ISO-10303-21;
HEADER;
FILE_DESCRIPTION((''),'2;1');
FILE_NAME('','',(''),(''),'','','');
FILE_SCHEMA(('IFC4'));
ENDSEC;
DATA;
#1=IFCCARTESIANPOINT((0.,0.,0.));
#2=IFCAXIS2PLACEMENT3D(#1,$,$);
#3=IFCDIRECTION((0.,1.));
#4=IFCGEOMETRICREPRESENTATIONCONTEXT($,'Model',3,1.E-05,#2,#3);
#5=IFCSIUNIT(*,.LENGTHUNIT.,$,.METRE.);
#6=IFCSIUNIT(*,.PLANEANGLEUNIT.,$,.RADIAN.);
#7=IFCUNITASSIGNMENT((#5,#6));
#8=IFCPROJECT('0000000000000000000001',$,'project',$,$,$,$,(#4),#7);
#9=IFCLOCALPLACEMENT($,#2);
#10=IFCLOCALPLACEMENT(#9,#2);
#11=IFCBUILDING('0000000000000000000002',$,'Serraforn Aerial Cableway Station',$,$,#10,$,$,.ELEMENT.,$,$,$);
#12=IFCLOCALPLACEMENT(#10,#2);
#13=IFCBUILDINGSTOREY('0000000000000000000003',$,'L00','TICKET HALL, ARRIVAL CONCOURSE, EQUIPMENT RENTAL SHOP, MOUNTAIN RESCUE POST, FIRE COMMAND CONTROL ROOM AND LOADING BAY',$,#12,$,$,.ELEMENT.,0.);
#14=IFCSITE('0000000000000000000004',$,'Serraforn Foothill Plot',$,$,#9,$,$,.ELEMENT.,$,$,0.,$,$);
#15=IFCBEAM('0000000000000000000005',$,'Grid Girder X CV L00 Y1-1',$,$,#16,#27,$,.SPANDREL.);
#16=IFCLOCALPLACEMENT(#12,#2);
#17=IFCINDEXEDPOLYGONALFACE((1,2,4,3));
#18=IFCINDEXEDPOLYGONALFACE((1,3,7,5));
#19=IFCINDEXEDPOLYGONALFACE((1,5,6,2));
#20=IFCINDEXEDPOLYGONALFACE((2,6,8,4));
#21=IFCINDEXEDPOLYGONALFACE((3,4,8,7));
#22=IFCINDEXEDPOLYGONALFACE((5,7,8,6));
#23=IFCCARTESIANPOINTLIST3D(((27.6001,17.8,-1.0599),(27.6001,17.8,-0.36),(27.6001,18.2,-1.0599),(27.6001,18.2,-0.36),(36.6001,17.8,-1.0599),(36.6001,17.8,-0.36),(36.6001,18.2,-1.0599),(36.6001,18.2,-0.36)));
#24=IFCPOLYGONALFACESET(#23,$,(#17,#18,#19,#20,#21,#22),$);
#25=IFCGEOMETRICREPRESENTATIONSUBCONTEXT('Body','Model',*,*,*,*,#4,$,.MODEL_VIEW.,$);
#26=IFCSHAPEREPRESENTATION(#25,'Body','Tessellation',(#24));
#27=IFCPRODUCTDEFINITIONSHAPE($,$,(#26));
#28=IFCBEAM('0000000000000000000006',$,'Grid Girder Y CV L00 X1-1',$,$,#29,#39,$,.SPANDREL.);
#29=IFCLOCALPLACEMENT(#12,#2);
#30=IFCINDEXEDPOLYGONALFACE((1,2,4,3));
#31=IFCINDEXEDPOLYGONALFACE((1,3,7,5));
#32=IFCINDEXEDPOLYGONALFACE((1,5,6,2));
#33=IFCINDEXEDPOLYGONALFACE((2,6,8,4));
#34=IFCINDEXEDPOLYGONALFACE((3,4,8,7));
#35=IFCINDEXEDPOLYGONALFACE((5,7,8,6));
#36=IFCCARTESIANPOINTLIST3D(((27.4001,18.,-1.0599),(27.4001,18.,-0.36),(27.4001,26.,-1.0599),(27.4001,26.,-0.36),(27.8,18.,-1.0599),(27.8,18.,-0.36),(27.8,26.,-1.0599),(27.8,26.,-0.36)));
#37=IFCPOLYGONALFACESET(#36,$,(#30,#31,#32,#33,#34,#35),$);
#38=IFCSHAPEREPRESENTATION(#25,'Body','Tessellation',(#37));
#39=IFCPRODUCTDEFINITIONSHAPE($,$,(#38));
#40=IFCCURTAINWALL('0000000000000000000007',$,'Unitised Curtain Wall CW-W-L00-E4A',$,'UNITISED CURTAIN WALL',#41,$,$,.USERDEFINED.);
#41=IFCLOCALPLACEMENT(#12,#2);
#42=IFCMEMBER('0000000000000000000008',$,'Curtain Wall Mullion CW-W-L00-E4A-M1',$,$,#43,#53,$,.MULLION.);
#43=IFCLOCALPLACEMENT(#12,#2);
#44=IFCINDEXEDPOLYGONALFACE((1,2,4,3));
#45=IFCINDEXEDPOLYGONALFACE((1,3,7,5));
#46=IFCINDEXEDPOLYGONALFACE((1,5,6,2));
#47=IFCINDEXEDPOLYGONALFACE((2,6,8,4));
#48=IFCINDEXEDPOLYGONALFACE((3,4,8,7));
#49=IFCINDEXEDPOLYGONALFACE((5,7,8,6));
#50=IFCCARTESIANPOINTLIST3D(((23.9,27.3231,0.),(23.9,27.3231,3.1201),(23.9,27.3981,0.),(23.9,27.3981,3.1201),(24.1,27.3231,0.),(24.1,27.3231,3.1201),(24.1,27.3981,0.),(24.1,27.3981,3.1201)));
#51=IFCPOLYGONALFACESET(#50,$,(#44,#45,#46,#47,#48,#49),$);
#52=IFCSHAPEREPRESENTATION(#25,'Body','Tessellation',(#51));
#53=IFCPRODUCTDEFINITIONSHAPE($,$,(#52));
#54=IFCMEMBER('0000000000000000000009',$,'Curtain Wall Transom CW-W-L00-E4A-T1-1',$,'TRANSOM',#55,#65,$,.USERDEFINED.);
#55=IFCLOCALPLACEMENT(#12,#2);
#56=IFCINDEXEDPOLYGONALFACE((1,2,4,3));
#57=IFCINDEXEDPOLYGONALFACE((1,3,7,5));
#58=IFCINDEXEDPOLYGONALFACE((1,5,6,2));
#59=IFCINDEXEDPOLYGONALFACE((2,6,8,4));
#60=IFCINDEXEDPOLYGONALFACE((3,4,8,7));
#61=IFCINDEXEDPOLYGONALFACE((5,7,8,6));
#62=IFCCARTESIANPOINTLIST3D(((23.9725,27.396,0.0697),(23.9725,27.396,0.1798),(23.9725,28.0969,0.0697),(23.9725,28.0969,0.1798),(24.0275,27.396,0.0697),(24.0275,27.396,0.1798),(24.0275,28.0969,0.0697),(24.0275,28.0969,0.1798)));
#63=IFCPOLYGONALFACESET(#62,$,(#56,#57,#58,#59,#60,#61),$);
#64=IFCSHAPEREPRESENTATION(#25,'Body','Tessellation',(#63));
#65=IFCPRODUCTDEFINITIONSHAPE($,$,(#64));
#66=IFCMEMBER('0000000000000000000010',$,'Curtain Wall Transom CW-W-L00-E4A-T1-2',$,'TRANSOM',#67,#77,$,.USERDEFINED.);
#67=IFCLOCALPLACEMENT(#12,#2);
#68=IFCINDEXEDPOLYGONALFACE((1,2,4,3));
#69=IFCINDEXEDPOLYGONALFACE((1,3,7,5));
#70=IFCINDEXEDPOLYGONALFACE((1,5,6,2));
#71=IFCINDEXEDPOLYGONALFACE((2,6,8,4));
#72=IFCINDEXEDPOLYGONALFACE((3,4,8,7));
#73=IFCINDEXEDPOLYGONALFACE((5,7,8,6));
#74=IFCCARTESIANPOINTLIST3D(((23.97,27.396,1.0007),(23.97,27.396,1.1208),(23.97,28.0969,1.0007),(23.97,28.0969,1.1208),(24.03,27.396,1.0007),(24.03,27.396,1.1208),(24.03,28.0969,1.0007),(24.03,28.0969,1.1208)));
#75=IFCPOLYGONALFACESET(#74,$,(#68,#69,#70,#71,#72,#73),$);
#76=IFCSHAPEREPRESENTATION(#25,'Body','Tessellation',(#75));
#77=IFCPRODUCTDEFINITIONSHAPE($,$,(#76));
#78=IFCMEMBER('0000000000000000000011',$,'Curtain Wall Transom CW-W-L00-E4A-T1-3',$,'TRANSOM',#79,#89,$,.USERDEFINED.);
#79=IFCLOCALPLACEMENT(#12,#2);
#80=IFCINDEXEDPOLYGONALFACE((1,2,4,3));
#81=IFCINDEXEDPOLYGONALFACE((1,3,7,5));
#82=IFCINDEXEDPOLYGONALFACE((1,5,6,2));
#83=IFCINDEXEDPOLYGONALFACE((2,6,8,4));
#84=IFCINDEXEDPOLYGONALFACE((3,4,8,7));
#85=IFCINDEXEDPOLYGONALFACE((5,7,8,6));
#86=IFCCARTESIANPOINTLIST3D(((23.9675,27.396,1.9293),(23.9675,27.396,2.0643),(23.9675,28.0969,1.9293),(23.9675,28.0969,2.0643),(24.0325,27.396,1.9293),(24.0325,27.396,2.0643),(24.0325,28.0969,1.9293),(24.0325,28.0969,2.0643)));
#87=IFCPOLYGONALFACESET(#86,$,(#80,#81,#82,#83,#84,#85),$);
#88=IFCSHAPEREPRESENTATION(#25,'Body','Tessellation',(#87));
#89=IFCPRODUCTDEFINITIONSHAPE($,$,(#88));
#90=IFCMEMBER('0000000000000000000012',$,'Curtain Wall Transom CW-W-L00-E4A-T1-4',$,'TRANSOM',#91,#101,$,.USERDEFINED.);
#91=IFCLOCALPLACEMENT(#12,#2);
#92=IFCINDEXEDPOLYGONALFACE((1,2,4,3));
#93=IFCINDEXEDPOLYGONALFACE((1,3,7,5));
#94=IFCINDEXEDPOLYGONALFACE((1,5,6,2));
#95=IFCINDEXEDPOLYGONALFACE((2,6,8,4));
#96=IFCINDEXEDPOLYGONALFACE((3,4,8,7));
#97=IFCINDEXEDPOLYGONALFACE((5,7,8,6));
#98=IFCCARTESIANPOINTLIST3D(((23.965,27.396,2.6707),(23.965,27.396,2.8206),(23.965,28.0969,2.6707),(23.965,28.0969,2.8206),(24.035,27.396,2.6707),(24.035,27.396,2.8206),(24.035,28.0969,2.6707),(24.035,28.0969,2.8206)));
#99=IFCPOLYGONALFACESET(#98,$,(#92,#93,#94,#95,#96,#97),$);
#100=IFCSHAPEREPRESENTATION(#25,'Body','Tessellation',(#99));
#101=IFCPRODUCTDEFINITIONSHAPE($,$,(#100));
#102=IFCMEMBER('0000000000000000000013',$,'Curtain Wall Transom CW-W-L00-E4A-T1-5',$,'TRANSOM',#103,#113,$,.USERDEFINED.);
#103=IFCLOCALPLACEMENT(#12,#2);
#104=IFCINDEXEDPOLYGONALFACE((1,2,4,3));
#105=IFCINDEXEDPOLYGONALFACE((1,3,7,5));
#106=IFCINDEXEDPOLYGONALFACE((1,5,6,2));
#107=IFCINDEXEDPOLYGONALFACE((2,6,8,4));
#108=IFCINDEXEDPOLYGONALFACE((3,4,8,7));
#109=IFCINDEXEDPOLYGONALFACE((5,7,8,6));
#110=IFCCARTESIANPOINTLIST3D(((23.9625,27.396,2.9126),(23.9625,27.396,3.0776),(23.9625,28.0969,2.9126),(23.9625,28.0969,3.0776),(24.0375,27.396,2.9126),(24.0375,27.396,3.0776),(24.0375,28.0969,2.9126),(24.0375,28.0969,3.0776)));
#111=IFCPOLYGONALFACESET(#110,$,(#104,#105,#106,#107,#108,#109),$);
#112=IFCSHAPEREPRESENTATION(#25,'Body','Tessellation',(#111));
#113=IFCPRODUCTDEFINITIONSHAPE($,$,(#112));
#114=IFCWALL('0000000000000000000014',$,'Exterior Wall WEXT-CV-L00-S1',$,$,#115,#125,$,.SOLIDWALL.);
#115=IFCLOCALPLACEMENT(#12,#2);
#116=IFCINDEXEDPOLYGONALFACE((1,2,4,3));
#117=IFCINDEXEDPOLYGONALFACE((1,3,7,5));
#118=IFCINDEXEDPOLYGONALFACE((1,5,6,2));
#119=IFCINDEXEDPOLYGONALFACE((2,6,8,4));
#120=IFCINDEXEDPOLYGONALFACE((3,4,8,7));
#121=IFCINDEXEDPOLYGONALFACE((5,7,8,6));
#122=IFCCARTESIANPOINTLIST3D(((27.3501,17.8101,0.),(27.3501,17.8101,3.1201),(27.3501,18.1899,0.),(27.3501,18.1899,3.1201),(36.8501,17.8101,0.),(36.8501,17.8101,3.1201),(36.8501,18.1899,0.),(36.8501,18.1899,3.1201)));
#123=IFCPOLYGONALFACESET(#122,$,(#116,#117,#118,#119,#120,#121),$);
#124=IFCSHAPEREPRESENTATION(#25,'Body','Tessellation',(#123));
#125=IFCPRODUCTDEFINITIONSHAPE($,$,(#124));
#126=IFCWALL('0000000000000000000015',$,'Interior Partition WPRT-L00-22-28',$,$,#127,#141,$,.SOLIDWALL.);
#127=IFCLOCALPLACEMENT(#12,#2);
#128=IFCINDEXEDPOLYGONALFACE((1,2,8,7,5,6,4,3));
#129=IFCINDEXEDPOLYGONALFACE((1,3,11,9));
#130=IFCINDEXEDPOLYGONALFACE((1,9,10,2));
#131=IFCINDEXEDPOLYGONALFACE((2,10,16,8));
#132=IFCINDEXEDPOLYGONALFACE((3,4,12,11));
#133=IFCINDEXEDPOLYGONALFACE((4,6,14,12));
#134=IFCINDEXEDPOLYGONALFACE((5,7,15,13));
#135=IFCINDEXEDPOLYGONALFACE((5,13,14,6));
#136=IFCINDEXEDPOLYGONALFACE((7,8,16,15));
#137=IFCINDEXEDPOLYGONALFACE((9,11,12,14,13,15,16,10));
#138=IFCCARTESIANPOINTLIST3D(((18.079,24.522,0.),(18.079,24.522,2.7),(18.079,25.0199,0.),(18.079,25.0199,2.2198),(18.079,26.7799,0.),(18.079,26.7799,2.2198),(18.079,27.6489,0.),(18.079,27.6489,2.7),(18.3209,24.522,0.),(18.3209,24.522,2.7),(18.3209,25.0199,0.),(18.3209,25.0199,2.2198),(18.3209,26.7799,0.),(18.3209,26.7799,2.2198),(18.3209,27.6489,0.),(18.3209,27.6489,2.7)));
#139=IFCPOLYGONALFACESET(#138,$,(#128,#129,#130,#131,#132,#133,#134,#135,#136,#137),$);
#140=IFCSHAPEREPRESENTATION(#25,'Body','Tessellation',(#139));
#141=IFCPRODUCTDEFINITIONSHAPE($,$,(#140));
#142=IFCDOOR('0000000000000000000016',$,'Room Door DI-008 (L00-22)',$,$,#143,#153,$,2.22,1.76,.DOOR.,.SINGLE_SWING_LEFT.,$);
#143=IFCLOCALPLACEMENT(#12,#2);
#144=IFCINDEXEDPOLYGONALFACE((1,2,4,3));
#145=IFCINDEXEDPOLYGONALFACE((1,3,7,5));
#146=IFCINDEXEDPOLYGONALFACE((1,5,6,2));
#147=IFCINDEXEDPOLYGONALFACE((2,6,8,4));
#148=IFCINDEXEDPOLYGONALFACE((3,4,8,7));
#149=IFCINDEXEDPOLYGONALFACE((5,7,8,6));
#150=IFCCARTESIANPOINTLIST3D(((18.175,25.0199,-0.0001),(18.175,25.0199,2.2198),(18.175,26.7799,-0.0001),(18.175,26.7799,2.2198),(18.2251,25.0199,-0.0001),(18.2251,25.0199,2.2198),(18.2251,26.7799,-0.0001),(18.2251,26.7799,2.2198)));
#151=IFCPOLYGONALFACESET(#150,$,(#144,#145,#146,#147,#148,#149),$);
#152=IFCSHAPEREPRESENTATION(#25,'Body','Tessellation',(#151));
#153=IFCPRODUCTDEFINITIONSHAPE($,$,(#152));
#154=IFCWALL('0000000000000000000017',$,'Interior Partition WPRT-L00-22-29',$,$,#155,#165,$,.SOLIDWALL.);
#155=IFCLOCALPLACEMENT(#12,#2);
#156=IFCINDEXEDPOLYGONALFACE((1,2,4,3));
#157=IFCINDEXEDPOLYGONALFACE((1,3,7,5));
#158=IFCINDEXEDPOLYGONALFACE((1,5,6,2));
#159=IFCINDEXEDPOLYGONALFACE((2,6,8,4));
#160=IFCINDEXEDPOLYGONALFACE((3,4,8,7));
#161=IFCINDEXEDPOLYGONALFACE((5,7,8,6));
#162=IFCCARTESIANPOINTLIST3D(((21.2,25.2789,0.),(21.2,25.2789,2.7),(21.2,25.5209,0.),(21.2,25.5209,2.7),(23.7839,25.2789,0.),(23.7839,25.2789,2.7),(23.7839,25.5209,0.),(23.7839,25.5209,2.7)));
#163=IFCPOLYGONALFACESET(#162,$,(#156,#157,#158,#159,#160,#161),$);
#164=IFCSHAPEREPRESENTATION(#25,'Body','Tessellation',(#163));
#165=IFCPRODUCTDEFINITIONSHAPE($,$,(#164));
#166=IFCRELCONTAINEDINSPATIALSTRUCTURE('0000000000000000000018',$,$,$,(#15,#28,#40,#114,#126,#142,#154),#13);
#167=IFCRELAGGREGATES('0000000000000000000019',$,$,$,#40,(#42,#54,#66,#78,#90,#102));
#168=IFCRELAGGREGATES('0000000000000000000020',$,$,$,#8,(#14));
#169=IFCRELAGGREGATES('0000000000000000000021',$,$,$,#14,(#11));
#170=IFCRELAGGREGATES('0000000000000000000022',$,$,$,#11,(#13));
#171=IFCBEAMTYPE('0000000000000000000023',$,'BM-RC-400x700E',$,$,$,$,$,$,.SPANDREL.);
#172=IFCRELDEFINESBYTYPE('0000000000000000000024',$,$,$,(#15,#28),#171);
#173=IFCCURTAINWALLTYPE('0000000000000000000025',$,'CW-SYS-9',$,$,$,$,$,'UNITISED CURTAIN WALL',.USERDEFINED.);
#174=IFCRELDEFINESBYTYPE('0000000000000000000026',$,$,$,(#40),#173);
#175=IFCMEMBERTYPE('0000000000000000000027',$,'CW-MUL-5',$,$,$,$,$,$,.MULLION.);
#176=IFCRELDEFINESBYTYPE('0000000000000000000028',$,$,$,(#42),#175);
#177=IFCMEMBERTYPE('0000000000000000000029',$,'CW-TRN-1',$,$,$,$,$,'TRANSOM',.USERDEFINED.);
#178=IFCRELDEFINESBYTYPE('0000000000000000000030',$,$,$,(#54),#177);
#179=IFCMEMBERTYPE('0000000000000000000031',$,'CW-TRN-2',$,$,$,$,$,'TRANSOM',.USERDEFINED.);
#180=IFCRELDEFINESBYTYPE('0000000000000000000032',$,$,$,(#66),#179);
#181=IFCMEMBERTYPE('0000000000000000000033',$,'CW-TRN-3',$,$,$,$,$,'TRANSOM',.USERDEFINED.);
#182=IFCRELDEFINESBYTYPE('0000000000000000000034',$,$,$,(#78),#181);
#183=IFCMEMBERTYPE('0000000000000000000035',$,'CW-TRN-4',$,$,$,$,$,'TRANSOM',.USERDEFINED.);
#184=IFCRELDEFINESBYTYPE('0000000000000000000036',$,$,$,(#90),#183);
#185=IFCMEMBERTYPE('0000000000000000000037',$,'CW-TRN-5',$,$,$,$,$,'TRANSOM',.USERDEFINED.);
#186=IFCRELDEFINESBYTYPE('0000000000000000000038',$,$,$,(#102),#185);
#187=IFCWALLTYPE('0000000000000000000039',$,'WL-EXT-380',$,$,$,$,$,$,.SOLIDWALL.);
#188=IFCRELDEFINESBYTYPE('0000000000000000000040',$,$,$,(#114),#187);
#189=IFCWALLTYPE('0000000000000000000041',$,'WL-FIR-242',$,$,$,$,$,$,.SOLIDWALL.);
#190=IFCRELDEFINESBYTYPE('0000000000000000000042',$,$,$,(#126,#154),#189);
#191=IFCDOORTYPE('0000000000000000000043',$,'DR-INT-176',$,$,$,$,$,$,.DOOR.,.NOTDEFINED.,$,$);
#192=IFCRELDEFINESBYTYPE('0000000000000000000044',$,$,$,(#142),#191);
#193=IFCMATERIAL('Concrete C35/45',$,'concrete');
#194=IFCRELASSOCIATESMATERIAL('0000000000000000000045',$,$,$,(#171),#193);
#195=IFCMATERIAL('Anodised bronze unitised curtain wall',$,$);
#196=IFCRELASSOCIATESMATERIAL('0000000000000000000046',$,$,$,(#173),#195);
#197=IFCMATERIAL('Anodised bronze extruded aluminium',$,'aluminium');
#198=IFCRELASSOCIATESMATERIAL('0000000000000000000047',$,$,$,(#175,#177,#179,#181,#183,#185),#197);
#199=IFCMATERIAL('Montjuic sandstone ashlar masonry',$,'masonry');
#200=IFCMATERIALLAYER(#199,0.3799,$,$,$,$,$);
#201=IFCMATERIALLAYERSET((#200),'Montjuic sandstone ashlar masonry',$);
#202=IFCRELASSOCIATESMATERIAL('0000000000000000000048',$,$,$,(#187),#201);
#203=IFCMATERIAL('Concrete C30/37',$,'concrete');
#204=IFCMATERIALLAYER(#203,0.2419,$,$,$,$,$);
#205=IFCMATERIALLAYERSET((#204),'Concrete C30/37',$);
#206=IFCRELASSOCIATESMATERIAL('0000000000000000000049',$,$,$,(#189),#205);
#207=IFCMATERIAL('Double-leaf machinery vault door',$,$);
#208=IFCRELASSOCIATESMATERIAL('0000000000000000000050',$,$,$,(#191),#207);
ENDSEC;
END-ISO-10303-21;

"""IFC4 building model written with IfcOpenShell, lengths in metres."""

from ifc_helpers import new_model, si_unit, direction, frame, frame_2d, origin, origin_2d, place, context, subcontext, project, spatial, rectangle, extrude, material, layer, layer_set, material_profile, profile_set, type_object, element, fill, aggregate, save


model = new_model("IFC4")

# Units and contexts
model_context = context("Model", 3, precision=1e-05, world=origin(), true_north=direction((0.0, 1.0)))
body_context = subcontext(model_context, "Body", "Model", "MODEL_VIEW")
ifc_project = project(units=[si_unit("LENGTHUNIT", "METRE"), si_unit("PLANEANGLEUNIT", "RADIAN")], contexts=[model_context])

# Site, building, storey
site_placement = place(None, origin())
site = spatial("IfcSite", under=ifc_project, at=site_placement, Name="Serraforn Foothill Plot", CompositionType="ELEMENT", RefElevation=0.0)
building_placement = place(site_placement, origin())
building = spatial("IfcBuilding", under=site, at=building_placement, Name="Serraforn Aerial Cableway Station", CompositionType="ELEMENT")
storey_placement = place(building_placement, origin())
storey = spatial("IfcBuildingStorey", under=building, at=storey_placement, Name="L00", Description="TICKET HALL, ARRIVAL CONCOURSE, EQUIPMENT RENTAL SHOP, MOUNTAIN RESCUE POST, FIRE COMMAND CONTROL ROOM AND LOADING BAY", CompositionType="ELEMENT", Elevation=0.0)

# Shared definitions
ifc_material_1 = material(Name="Concrete C35/45", Category="concrete")

# Beams
ifc_material_profile_1 = material_profile(ifc_material_1, rectangle(XDim=0.3999, YDim=0.7, at=origin_2d()), Name="RC 400x700")
ifc_profile_set_1 = profile_set([ifc_material_profile_1], Name="Concrete C35/45")
beam_type = type_object("IfcBeamType", Name="BM-RC-400x700E", PredefinedType="SPANDREL", material=ifc_profile_set_1)
beam_1_placement = place(storey_placement, frame((27.6001, 18.0, -0.71), z_axis=(1.0, 0.0, 0.0), x_axis=(0.0, 1.0, 0.0)))
element("IfcBeam", 1, at=beam_1_placement, inside=storey, type_object=beam_type, Name="Grid Girder X CV L00 Y1-1", PredefinedType="SPANDREL", context=body_context, shape_type="SweptSolid", body=[
    extrude(rectangle(XDim=0.3999, YDim=0.7, at=origin_2d()), origin(), (0.0, 0.0, 1.0), 9.0),
])
beam_2_placement = place(storey_placement, frame((27.6001, 18.0, -0.71), z_axis=(0.0, 1.0, 0.0), x_axis=(-1.0, 0.0, 0.0)))
element("IfcBeam", 2, at=beam_2_placement, inside=storey, type_object=beam_type, Name="Grid Girder Y CV L00 X1-1", PredefinedType="SPANDREL", context=body_context, shape_type="SweptSolid", body=[
    extrude(rectangle(XDim=0.3999, YDim=0.7, at=origin_2d()), origin(), (0.0, 0.0, 1.0), 8.0),
])

# Curtain wall, members
ifc_material_2 = material(Name="Anodised bronze unitised curtain wall")
curtain_wall_type = type_object("IfcCurtainWallType", Name="CW-SYS-9", ElementType="UNITISED CURTAIN WALL", PredefinedType="USERDEFINED", material=ifc_material_2)
curtain_wall_placement = place(storey_placement, origin())
curtain_wall = element("IfcCurtainWall", 3, at=curtain_wall_placement, inside=storey, type_object=curtain_wall_type, Name="Unitised Curtain Wall CW-W-L00-E4A", ObjectType="UNITISED CURTAIN WALL", PredefinedType="USERDEFINED")
ifc_material_3 = material(Name="Anodised bronze extruded aluminium", Category="aluminium")
ifc_material_profile_2 = material_profile(ifc_material_3, rectangle(XDim=0.075, YDim=0.2, at=origin_2d()), Name="CW MULLION 75x200")
ifc_profile_set_2 = profile_set([ifc_material_profile_2], Name="Anodised bronze extruded aluminium")
member_type_1 = type_object("IfcMemberType", Name="CW-MUL-5", PredefinedType="MULLION", material=ifc_profile_set_2)
member_1_placement = place(storey_placement, frame((24.0, 27.3606, 0.0), z_axis=(0.0, 0.0, 1.0), x_axis=(0.0, 1.0, 0.0)))
member_1 = element("IfcMember", 4, at=member_1_placement, type_object=member_type_1, Name="Curtain Wall Mullion CW-W-L00-E4A-M1", PredefinedType="MULLION", context=body_context, shape_type="SweptSolid", body=[
    extrude(rectangle(XDim=0.075, YDim=0.2, at=origin_2d()), origin(), (0.0, 0.0, 1.0), 3.1201),
])
ifc_material_profile_3 = material_profile(ifc_material_3, rectangle(XDim=0.0549, YDim=0.1101, at=origin_2d()), Name="CW TRANSOM 55x110")
ifc_profile_set_3 = profile_set([ifc_material_profile_3], Name="Anodised bronze extruded aluminium")
member_type_2 = type_object("IfcMemberType", Name="CW-TRN-1", ElementType="TRANSOM", PredefinedType="USERDEFINED", material=ifc_profile_set_3)
member_2_placement = place(storey_placement, frame((24.0, 27.396, 0.1248), z_axis=(0.0, 1.0, 0.0), x_axis=(-1.0, 0.0, 0.0)))
member_2 = element("IfcMember", 5, at=member_2_placement, type_object=member_type_2, Name="Curtain Wall Transom CW-W-L00-E4A-T1-1", ObjectType="TRANSOM", PredefinedType="USERDEFINED", context=body_context, shape_type="SweptSolid", body=[
    extrude(rectangle(XDim=0.0549, YDim=0.1101, at=origin_2d()), origin(), (0.0, 0.0, 1.0), 0.7009),
])
ifc_material_profile_4 = material_profile(ifc_material_3, rectangle(XDim=0.0601, YDim=0.1201, at=origin_2d()), Name="CW TRANSOM 60x120")
ifc_profile_set_4 = profile_set([ifc_material_profile_4], Name="Anodised bronze extruded aluminium")
member_type_3 = type_object("IfcMemberType", Name="CW-TRN-2", ElementType="TRANSOM", PredefinedType="USERDEFINED", material=ifc_profile_set_4)
member_3_placement = place(storey_placement, frame((24.0, 27.396, 1.0608), z_axis=(0.0, 1.0, 0.0), x_axis=(-1.0, 0.0, 0.0)))
member_3 = element("IfcMember", 6, at=member_3_placement, type_object=member_type_3, Name="Curtain Wall Transom CW-W-L00-E4A-T1-2", ObjectType="TRANSOM", PredefinedType="USERDEFINED", context=body_context, shape_type="SweptSolid", body=[
    extrude(rectangle(XDim=0.0601, YDim=0.1201, at=origin_2d()), origin(), (0.0, 0.0, 1.0), 0.7009),
])
ifc_material_profile_5 = material_profile(ifc_material_3, rectangle(XDim=0.0649, YDim=0.135, at=origin_2d()), Name="CW TRANSOM 65x135")
ifc_profile_set_5 = profile_set([ifc_material_profile_5], Name="Anodised bronze extruded aluminium")
member_type_4 = type_object("IfcMemberType", Name="CW-TRN-3", ElementType="TRANSOM", PredefinedType="USERDEFINED", material=ifc_profile_set_5)
member_4_placement = place(storey_placement, frame((24.0, 27.396, 1.9968), z_axis=(0.0, 1.0, 0.0), x_axis=(-1.0, 0.0, 0.0)))
member_4 = element("IfcMember", 7, at=member_4_placement, type_object=member_type_4, Name="Curtain Wall Transom CW-W-L00-E4A-T1-3", ObjectType="TRANSOM", PredefinedType="USERDEFINED", context=body_context, shape_type="SweptSolid", body=[
    extrude(rectangle(XDim=0.0649, YDim=0.135, at=origin_2d()), origin(), (0.0, 0.0, 1.0), 0.7009),
])
ifc_material_profile_6 = material_profile(ifc_material_3, rectangle(XDim=0.0701, YDim=0.1499, at=origin_2d()), Name="CW TRANSOM 70x150")
ifc_profile_set_6 = profile_set([ifc_material_profile_6], Name="Anodised bronze extruded aluminium")
member_type_5 = type_object("IfcMemberType", Name="CW-TRN-4", ElementType="TRANSOM", PredefinedType="USERDEFINED", material=ifc_profile_set_6)
member_5_placement = place(storey_placement, frame((24.0, 27.396, 2.7456), z_axis=(0.0, 1.0, 0.0), x_axis=(-1.0, 0.0, 0.0)))
member_5 = element("IfcMember", 8, at=member_5_placement, type_object=member_type_5, Name="Curtain Wall Transom CW-W-L00-E4A-T1-4", ObjectType="TRANSOM", PredefinedType="USERDEFINED", context=body_context, shape_type="SweptSolid", body=[
    extrude(rectangle(XDim=0.0701, YDim=0.1499, at=origin_2d()), origin(), (0.0, 0.0, 1.0), 0.7009),
])
ifc_material_profile_7 = material_profile(ifc_material_3, rectangle(XDim=0.075, YDim=0.165, at=origin_2d()), Name="CW TRANSOM 75x165")
ifc_profile_set_7 = profile_set([ifc_material_profile_7], Name="Anodised bronze extruded aluminium")
member_type_6 = type_object("IfcMemberType", Name="CW-TRN-5", ElementType="TRANSOM", PredefinedType="USERDEFINED", material=ifc_profile_set_7)
member_6_placement = place(storey_placement, frame((24.0, 27.396, 2.9951), z_axis=(0.0, 1.0, 0.0), x_axis=(-1.0, 0.0, 0.0)))
member_6 = element("IfcMember", 9, at=member_6_placement, type_object=member_type_6, Name="Curtain Wall Transom CW-W-L00-E4A-T1-5", ObjectType="TRANSOM", PredefinedType="USERDEFINED", context=body_context, shape_type="SweptSolid", body=[
    extrude(rectangle(XDim=0.075, YDim=0.165, at=origin_2d()), origin(), (0.0, 0.0, 1.0), 0.7009),
])
aggregate(curtain_wall, [member_1, member_2, member_3, member_4, member_5, member_6])

# Wall
ifc_material_4 = material(Name="Montjuic sandstone ashlar masonry", Category="masonry")
ifc_layer_1 = layer(ifc_material_4, 0.3799)
ifc_layer_set_1 = layer_set([ifc_layer_1], Name="Montjuic sandstone ashlar masonry")
wall_type_1 = type_object("IfcWallType", Name="WL-EXT-380", PredefinedType="SOLIDWALL", material=ifc_layer_set_1)
wall_1_placement = place(storey_placement, frame((27.3501, 18.0, 0.0), z_axis=(0.0, 0.0, 1.0), x_axis=(1.0, 0.0, 0.0)))
element("IfcWall", 10, at=wall_1_placement, inside=storey, type_object=wall_type_1, Name="Exterior Wall WEXT-CV-L00-S1", PredefinedType="SOLIDWALL", context=body_context, shape_type="SweptSolid", body=[
    extrude(rectangle(XDim=9.5, YDim=0.3799, at=frame_2d((4.75, 0.0))), origin(), (0.0, 0.0, 1.0), 3.1201),
])

# Wall, opening, door
ifc_material_5 = material(Name="Concrete C30/37", Category="concrete")
ifc_layer_2 = layer(ifc_material_5, 0.2419)
ifc_layer_set_2 = layer_set([ifc_layer_2], Name="Concrete C30/37")
wall_type_2 = type_object("IfcWallType", Name="WL-FIR-242", PredefinedType="SOLIDWALL", material=ifc_layer_set_2)
wall_2_placement = place(storey_placement, frame((18.2, 24.522, 0.0), z_axis=(0.0, 0.0, 1.0), x_axis=(0.0, 1.0, 0.0)))
wall_2 = element("IfcWall", 11, at=wall_2_placement, inside=storey, type_object=wall_type_2, Name="Interior Partition WPRT-L00-22-28", PredefinedType="SOLIDWALL", context=body_context, shape_type="SweptSolid", body=[
    extrude(rectangle(XDim=3.127, YDim=0.2419, at=frame_2d((1.5635, 0.0))), origin(), (0.0, 0.0, 1.0), 2.7),
])
opening_1_placement = place(wall_2_placement, frame((0.498, 0.0, 0.0)))
opening_1 = element("IfcOpeningElement", 12, at=opening_1_placement, cuts=wall_2, PredefinedType="OPENING", context=body_context, shape_type="SweptSolid", body=[
    extrude(rectangle(XDim=1.76, YDim=2.22, at=frame_2d((0.8799, 1.1099))), frame((0.0, 0.1309, 0.0), z_axis=(0.0, -1.0, 0.0), x_axis=(1.0, 0.0, 0.0)), (0.0, 0.0, 1.0), 0.262),
])
ifc_material_6 = material(Name="Double-leaf machinery vault door")
door_type_1 = type_object("IfcDoorType", Name="DR-INT-176", OperationType="NOTDEFINED", PredefinedType="DOOR", material=ifc_material_6)
door_1_placement = place(opening_1_placement, origin())
door_1 = element("IfcDoor", 13, at=door_1_placement, inside=storey, type_object=door_type_1, Name="Room Door DI-008 (L00-22)", OperationType="SINGLE_SWING_LEFT", OverallHeight=2.22, OverallWidth=1.76, PredefinedType="DOOR", context=body_context, shape_type="SweptSolid", body=[
    extrude(rectangle(XDim=1.76, YDim=2.22, at=frame_2d((0.8799, 1.1099))), frame((0.0, 0.0249, 0.0), z_axis=(0.0, -1.0, 0.0), x_axis=(1.0, 0.0, 0.0)), (0.0, 0.0, 1.0), 0.05),
])
fill(opening_1, door_1)

# Wall
wall_3_placement = place(storey_placement, frame((23.7839, 25.3999, 0.0), z_axis=(0.0, 0.0, 1.0), x_axis=(-1.0, 0.0, 0.0)))
element("IfcWall", 14, at=wall_3_placement, inside=storey, type_object=wall_type_2, Name="Interior Partition WPRT-L00-22-29", PredefinedType="SOLIDWALL", context=body_context, shape_type="SweptSolid", body=[
    extrude(rectangle(XDim=2.584, YDim=0.2419, at=frame_2d((1.292, 0.0))), origin(), (0.0, 0.0, 1.0), 2.7),
])

save(model, "model.ifc")
